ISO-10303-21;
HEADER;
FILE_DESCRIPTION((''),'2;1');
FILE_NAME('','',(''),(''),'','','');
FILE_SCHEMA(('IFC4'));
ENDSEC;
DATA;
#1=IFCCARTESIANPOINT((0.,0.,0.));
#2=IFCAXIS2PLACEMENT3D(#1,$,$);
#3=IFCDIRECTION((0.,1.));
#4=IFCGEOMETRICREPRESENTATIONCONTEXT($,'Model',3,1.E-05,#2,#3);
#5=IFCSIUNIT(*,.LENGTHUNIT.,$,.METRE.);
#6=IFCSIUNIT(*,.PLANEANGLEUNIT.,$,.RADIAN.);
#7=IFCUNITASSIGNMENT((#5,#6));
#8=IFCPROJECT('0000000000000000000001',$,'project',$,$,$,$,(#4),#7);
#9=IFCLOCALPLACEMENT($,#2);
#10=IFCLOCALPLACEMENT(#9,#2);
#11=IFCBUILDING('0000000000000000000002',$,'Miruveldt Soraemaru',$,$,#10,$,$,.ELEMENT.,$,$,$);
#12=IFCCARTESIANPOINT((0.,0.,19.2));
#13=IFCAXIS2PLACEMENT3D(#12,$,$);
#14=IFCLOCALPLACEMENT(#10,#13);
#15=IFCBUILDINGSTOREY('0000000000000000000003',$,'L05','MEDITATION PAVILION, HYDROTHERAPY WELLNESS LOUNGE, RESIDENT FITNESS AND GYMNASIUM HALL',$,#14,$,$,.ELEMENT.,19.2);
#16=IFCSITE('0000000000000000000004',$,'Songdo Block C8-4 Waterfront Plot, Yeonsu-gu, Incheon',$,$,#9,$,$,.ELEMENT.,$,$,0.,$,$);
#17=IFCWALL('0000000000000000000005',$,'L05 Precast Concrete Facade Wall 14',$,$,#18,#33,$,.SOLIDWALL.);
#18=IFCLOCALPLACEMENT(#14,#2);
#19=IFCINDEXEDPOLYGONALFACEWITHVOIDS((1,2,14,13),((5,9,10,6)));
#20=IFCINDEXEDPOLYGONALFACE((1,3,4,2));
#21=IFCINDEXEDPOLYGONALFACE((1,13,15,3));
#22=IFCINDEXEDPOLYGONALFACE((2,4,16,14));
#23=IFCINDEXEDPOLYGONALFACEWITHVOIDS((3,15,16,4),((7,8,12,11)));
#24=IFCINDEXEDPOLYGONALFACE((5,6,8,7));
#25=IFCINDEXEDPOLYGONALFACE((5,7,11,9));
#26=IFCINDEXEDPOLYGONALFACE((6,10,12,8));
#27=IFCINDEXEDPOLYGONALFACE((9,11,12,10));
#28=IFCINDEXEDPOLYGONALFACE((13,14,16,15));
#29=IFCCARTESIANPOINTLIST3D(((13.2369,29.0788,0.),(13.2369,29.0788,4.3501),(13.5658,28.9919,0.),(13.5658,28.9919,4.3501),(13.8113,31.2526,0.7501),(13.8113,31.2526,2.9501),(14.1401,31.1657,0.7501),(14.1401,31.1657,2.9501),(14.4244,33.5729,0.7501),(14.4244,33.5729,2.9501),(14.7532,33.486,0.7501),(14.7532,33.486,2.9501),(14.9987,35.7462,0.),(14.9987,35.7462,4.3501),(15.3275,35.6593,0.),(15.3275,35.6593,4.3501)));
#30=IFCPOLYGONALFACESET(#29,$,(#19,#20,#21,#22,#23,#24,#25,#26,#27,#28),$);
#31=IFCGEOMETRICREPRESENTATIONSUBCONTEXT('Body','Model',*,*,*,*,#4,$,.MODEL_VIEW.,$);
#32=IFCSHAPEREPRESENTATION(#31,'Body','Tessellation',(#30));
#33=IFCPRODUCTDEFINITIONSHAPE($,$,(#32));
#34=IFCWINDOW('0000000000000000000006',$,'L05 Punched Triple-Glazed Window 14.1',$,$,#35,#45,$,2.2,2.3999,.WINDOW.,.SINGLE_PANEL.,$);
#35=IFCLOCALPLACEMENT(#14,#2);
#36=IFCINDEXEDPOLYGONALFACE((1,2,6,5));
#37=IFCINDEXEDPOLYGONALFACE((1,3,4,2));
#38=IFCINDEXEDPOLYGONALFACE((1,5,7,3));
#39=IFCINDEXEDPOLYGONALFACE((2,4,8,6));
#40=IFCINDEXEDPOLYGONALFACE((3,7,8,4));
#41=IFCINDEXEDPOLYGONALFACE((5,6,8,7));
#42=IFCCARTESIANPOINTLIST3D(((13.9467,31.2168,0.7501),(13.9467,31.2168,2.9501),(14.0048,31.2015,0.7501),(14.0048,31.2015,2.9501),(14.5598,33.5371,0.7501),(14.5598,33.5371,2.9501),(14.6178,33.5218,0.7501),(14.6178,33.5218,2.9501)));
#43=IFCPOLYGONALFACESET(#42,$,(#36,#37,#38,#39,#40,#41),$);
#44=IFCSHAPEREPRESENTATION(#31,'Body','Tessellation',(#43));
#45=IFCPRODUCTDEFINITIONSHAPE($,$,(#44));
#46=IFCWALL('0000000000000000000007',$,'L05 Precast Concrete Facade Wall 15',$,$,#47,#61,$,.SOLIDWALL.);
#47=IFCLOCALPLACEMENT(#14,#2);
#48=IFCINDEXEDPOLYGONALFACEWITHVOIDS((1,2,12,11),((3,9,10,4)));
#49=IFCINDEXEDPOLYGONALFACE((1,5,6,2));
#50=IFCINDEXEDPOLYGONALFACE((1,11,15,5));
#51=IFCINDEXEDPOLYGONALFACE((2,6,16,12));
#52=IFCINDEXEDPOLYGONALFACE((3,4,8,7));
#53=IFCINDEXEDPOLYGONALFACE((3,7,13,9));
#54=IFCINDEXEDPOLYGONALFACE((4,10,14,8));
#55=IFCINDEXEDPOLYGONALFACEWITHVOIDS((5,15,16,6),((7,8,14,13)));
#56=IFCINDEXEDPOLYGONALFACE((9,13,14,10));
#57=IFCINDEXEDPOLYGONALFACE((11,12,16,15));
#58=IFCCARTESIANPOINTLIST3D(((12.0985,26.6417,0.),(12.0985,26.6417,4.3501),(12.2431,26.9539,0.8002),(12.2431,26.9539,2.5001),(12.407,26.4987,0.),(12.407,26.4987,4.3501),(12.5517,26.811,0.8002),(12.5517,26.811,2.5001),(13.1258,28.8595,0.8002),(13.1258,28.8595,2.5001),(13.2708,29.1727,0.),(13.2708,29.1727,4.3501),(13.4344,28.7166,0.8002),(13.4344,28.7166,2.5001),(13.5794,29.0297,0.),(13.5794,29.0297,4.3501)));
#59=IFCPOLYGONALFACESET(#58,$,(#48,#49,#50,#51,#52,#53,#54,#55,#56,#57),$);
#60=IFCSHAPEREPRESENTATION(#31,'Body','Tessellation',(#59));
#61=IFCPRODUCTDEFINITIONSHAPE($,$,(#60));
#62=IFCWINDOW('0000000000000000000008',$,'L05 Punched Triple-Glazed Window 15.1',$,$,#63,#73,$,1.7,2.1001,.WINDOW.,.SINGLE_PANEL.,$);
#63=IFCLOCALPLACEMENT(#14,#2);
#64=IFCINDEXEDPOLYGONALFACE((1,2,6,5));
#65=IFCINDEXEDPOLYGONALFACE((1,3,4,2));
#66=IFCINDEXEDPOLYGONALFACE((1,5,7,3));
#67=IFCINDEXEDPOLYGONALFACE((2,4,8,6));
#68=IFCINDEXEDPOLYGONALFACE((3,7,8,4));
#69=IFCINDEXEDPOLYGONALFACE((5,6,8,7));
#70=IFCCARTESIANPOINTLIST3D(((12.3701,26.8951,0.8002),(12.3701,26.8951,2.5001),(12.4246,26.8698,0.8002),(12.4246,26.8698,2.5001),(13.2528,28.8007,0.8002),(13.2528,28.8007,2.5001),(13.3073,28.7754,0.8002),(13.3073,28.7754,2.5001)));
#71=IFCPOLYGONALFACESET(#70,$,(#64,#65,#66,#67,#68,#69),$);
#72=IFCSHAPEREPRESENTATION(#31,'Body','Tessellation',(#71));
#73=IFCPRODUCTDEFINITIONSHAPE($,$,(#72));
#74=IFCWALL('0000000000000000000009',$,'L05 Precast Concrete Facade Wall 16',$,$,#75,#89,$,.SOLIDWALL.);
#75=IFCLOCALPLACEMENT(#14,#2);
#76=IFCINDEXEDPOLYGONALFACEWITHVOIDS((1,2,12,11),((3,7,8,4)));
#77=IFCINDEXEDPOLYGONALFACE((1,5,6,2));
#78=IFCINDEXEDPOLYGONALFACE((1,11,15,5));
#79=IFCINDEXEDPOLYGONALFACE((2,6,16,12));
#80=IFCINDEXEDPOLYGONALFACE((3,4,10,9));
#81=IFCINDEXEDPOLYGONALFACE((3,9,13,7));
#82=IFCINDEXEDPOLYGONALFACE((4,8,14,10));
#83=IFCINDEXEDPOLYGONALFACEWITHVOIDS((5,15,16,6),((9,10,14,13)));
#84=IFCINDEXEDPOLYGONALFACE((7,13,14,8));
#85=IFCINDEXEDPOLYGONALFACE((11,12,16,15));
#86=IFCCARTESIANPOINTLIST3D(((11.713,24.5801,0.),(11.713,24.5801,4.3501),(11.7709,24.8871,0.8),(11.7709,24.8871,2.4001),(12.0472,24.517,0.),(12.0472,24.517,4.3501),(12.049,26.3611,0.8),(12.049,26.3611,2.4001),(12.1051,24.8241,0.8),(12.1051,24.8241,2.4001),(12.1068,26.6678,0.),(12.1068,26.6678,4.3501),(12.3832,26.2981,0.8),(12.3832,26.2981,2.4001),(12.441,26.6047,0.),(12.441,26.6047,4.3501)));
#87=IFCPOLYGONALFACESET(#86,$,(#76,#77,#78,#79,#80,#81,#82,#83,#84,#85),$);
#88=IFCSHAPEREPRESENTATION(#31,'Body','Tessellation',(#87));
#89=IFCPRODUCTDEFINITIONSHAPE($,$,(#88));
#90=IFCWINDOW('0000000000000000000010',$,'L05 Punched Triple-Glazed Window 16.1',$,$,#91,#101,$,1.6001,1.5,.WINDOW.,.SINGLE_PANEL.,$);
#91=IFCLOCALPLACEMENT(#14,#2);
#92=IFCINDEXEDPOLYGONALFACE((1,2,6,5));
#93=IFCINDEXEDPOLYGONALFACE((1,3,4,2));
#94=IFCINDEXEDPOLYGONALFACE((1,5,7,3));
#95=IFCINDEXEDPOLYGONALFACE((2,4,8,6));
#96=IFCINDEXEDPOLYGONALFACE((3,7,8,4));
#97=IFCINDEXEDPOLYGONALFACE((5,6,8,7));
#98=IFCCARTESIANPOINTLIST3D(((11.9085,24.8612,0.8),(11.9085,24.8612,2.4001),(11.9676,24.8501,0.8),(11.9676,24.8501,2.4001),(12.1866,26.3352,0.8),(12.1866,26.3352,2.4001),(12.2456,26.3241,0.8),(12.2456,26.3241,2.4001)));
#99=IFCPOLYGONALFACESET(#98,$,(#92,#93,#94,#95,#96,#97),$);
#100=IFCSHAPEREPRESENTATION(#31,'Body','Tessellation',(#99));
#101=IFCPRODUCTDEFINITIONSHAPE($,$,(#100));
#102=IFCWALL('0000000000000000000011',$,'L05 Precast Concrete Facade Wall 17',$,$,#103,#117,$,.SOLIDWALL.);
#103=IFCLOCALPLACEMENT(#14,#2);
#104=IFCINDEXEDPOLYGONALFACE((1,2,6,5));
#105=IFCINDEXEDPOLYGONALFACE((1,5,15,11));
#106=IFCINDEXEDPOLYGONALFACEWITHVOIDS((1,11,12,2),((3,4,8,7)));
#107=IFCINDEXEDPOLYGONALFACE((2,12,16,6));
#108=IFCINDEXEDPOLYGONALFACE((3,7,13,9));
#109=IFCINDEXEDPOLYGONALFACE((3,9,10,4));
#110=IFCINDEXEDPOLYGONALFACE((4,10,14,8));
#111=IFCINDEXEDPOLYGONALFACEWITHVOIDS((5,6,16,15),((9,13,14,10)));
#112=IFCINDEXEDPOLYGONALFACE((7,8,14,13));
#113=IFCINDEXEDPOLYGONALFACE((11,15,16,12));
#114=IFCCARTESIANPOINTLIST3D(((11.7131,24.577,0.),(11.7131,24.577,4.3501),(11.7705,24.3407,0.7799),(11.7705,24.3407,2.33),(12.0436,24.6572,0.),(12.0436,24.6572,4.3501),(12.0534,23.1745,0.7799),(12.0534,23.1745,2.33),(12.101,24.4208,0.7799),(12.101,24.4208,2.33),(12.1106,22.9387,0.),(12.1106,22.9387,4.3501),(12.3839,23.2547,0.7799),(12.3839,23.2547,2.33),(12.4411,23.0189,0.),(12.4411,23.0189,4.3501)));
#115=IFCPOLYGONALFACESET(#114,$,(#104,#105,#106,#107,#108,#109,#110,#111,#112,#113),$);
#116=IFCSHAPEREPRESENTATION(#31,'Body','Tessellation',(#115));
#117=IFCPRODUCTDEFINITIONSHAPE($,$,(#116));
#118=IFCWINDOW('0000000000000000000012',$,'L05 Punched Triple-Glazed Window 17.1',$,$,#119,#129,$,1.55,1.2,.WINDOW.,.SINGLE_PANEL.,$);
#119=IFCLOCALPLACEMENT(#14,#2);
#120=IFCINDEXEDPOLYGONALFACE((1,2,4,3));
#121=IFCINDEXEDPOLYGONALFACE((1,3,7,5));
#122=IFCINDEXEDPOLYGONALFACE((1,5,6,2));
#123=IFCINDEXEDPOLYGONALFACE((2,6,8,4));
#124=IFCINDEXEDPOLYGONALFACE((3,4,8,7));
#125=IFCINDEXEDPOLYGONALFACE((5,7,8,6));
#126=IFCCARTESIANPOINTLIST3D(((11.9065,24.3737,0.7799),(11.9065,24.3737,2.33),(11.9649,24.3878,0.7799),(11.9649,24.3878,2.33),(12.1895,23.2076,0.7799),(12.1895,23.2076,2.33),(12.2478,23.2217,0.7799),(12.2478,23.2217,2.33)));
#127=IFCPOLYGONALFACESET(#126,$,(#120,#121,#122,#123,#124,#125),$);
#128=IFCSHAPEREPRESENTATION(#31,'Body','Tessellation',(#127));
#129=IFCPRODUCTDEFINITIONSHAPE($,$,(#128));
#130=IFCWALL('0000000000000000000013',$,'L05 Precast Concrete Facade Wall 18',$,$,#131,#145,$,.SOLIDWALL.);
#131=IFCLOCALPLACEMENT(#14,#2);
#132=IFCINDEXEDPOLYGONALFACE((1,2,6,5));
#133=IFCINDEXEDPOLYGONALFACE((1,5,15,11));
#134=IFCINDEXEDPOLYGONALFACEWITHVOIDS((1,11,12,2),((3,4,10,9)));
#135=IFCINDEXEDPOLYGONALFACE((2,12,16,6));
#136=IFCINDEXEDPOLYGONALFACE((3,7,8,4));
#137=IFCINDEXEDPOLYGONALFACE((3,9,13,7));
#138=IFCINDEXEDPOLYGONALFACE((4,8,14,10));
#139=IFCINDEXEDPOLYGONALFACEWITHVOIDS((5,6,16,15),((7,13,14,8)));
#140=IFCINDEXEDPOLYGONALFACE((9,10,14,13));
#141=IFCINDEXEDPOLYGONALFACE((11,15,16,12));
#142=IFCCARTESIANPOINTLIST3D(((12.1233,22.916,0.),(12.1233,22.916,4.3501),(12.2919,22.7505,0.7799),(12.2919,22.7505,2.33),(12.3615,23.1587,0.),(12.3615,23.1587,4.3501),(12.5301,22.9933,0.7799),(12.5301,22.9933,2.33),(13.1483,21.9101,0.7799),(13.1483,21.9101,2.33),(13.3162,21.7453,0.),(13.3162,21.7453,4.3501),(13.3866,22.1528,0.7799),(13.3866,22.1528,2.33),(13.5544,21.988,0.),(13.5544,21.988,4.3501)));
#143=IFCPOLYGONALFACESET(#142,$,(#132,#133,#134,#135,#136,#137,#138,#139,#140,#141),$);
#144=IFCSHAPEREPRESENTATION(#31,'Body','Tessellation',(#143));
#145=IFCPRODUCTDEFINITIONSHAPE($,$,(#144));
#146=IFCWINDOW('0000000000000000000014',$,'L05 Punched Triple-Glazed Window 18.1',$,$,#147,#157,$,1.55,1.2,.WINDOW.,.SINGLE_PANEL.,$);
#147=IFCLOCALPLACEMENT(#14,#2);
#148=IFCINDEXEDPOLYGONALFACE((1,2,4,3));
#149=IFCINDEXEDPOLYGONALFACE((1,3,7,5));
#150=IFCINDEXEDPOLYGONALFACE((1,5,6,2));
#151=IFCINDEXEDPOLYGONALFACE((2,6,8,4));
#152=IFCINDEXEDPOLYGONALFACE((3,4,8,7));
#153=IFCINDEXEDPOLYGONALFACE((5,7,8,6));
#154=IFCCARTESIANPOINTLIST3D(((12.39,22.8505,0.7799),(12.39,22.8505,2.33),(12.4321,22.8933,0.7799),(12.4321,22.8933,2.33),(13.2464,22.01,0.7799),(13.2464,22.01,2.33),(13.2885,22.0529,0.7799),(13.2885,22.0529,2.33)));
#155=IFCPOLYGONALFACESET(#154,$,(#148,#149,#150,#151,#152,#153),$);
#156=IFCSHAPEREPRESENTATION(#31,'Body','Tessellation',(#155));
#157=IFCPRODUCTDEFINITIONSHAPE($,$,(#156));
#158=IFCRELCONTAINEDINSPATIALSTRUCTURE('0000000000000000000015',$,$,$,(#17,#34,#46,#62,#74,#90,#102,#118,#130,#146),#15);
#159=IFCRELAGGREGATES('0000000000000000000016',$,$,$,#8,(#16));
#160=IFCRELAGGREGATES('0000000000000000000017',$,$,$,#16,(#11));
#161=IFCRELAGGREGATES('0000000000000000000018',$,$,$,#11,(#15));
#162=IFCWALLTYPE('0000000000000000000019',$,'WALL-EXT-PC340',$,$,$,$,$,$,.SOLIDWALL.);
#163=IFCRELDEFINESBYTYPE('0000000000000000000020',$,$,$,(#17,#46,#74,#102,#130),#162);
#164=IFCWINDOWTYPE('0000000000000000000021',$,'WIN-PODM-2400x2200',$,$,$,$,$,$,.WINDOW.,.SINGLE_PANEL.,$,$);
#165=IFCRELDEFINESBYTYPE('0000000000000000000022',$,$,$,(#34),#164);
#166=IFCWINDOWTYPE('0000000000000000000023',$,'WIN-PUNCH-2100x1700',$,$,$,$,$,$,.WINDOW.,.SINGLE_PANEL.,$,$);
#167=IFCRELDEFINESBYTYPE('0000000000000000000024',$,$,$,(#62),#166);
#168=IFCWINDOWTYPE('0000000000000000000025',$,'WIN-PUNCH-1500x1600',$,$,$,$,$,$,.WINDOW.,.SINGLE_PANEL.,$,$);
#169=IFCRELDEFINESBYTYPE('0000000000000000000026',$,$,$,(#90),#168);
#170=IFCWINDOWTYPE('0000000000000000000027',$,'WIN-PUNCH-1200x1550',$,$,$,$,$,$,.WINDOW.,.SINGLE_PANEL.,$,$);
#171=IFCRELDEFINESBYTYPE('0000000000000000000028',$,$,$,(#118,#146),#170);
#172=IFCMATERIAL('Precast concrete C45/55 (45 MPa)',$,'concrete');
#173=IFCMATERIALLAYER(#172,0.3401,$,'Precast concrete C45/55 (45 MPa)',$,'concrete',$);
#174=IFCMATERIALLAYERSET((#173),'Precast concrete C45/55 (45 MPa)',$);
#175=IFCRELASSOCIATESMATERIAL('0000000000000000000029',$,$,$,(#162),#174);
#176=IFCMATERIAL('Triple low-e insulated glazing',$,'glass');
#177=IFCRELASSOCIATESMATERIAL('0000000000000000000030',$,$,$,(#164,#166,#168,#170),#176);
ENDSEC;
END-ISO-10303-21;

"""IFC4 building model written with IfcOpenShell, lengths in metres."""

from ifc_helpers import new_model, si_unit, direction, frame, frame_2d, origin, place, context, subcontext, project, spatial, rectangle, extrude, material, layer, layer_set, type_object, element, fill, save


model = new_model("IFC4")

# Units and contexts
model_context = context("Model", 3, precision=1e-05, world=origin(), true_north=direction((0.0, 1.0)))
body_context = subcontext(model_context, "Body", "Model", "MODEL_VIEW")
ifc_project = project(units=[si_unit("LENGTHUNIT", "METRE"), si_unit("PLANEANGLEUNIT", "RADIAN")], contexts=[model_context])

# Site, building, storey
site_placement = place(None, origin())
site = spatial("IfcSite", under=ifc_project, at=site_placement, Name="Songdo Block C8-4 Waterfront Plot, Yeonsu-gu, Incheon", CompositionType="ELEMENT", RefElevation=0.0)
building_placement = place(site_placement, origin())
building = spatial("IfcBuilding", under=site, at=building_placement, Name="Miruveldt Soraemaru", CompositionType="ELEMENT")
storey_placement = place(building_placement, frame((0.0, 0.0, 19.2)))
storey = spatial("IfcBuildingStorey", under=building, at=storey_placement, Name="L05", Description="MEDITATION PAVILION, HYDROTHERAPY WELLNESS LOUNGE, RESIDENT FITNESS AND GYMNASIUM HALL", CompositionType="ELEMENT", Elevation=19.2)

# Walls, openings, windows
ifc_material_1 = material(Name="Precast concrete C45/55 (45 MPa)", Category="concrete")
ifc_layer_1 = layer(ifc_material_1, 0.3401, Name="Precast concrete C45/55 (45 MPa)", Category="concrete")
ifc_layer_set_1 = layer_set([ifc_layer_1], Name="Precast concrete C45/55 (45 MPa)")
wall_type_1 = type_object("IfcWallType", Name="WALL-EXT-PC340", PredefinedType="SOLIDWALL", material=ifc_layer_set_1)
wall_1_placement = place(storey_placement, frame((15.1631, 35.7029, 0.0), z_axis=(0.0, 0.0, 1.0), x_axis=(-0.255459, -0.96682, 0.0)))
wall_1 = element("IfcWall", 1, at=wall_1_placement, inside=storey, type_object=wall_type_1, Name="L05 Precast Concrete Facade Wall 14", PredefinedType="SOLIDWALL", context=body_context, shape_type="SweptSolid", body=[
    extrude(rectangle(XDim=6.8962, YDim=0.3401, at=frame_2d((3.4482, 0.0))), origin(), (0.0, 0.0, 1.0), 4.3501),
])
opening_1_placement = place(wall_1_placement, frame((2.248, 0.0, 0.75)))
opening_1 = element("IfcOpeningElement", 2, at=opening_1_placement, cuts=wall_1, PredefinedType="OPENING", context=body_context, shape_type="SweptSolid", body=[
    extrude(rectangle(XDim=2.3999, YDim=2.2, at=frame_2d((1.2, 1.1001))), frame((0.0, 0.1802, 0.0), z_axis=(0.0, -1.0, 0.0), x_axis=(1.0, 0.0, 0.0)), (0.0, 0.0, 1.0), 0.3601),
])
ifc_material_2 = material(Name="Triple low-e insulated glazing", Category="glass")
window_type_1 = type_object("IfcWindowType", Name="WIN-PODM-2400x2200", PartitioningType="SINGLE_PANEL", PredefinedType="WINDOW", material=ifc_material_2)
window_1_placement = place(opening_1_placement, origin())
window_1 = element("IfcWindow", 3, at=window_1_placement, inside=storey, type_object=window_type_1, Name="L05 Punched Triple-Glazed Window 14.1", OverallHeight=2.2, OverallWidth=2.3999, PartitioningType="SINGLE_PANEL", PredefinedType="WINDOW", context=body_context, shape_type="SweptSolid", body=[
    extrude(rectangle(XDim=2.3999, YDim=2.2, at=frame_2d((1.2, 1.1001))), frame((0.0, 0.03, 0.0), z_axis=(0.0, -1.0, 0.0), x_axis=(1.0, 0.0, 0.0)), (0.0, 0.0, 1.0), 0.0601),
])
fill(opening_1, window_1)
wall_2_placement = place(storey_placement, frame((13.425, 29.1011, 0.0), z_axis=(0.0, 0.0, 1.0), x_axis=(-0.420301, -0.907385, 0.0)))
wall_2 = element("IfcWall", 4, at=wall_2_placement, inside=storey, type_object=wall_type_1, Name="L05 Precast Concrete Facade Wall 15", PredefinedType="SOLIDWALL", context=body_context, shape_type="SweptSolid", body=[
    extrude(rectangle(XDim=2.7893, YDim=0.3401, at=frame_2d((1.3945, 0.0))), origin(), (0.0, 0.0, 1.0), 4.3501),
])
opening_2_placement = place(wall_2_placement, frame((0.345, 0.0, 0.8)))
opening_2 = element("IfcOpeningElement", 5, at=opening_2_placement, cuts=wall_2, PredefinedType="OPENING", context=body_context, shape_type="SweptSolid", body=[
    extrude(rectangle(XDim=2.1001, YDim=1.7, at=frame_2d((1.05, 0.8501))), frame((0.0, 0.1802, 0.0), z_axis=(0.0, -1.0, 0.0), x_axis=(1.0, 0.0, 0.0)), (0.0, 0.0, 1.0), 0.3601),
])
window_type_2 = type_object("IfcWindowType", Name="WIN-PUNCH-2100x1700", PartitioningType="SINGLE_PANEL", PredefinedType="WINDOW", material=ifc_material_2)
window_2_placement = place(opening_2_placement, origin())
window_2 = element("IfcWindow", 6, at=window_2_placement, inside=storey, type_object=window_type_2, Name="L05 Punched Triple-Glazed Window 15.1", OverallHeight=1.7, OverallWidth=2.1001, PartitioningType="SINGLE_PANEL", PredefinedType="WINDOW", context=body_context, shape_type="SweptSolid", body=[
    extrude(rectangle(XDim=2.1001, YDim=1.7, at=frame_2d((1.05, 0.8501))), frame((0.0, 0.03, 0.0), z_axis=(0.0, -1.0, 0.0), x_axis=(1.0, 0.0, 0.0)), (0.0, 0.0, 1.0), 0.0601),
])
fill(opening_2, window_2)
wall_3_placement = place(storey_placement, frame((12.2739, 26.6362, 0.0), z_axis=(0.0, 0.0, 1.0), x_axis=(-0.185364, -0.98267, 0.0)))
wall_3 = element("IfcWall", 7, at=wall_3_placement, inside=storey, type_object=wall_type_1, Name="L05 Precast Concrete Facade Wall 16", PredefinedType="SOLIDWALL", context=body_context, shape_type="SweptSolid", body=[
    extrude(rectangle(XDim=2.1245, YDim=0.3401, at=frame_2d((1.0623, 0.0))), origin(), (0.0, 0.0, 1.0), 4.3501),
])
opening_3_placement = place(wall_3_placement, frame((0.312, 0.0, 0.8)))
opening_3 = element("IfcOpeningElement", 8, at=opening_3_placement, cuts=wall_3, PredefinedType="OPENING", context=body_context, shape_type="SweptSolid", body=[
    extrude(rectangle(XDim=1.5, YDim=1.6001, at=frame_2d((0.75, 0.8))), frame((0.0, 0.1802, 0.0), z_axis=(0.0, -1.0, 0.0), x_axis=(1.0, 0.0, 0.0)), (0.0, 0.0, 1.0), 0.3601),
])
window_type_3 = type_object("IfcWindowType", Name="WIN-PUNCH-1500x1600", PartitioningType="SINGLE_PANEL", PredefinedType="WINDOW", material=ifc_material_2)
window_3_placement = place(opening_3_placement, origin())
window_3 = element("IfcWindow", 9, at=window_3_placement, inside=storey, type_object=window_type_3, Name="L05 Punched Triple-Glazed Window 16.1", OverallHeight=1.6001, OverallWidth=1.5, PartitioningType="SINGLE_PANEL", PredefinedType="WINDOW", context=body_context, shape_type="SweptSolid", body=[
    extrude(rectangle(XDim=1.5, YDim=1.6001, at=frame_2d((0.75, 0.8))), frame((0.0, 0.03, 0.0), z_axis=(0.0, -1.0, 0.0), x_axis=(1.0, 0.0, 0.0)), (0.0, 0.0, 1.0), 0.0601),
])
fill(opening_3, window_3)
wall_4_placement = place(storey_placement, frame((11.8784, 24.6169, 0.0), z_axis=(0.0, 0.0, 1.0), x_axis=(0.235782, -0.971806, 0.0)))
wall_4 = element("IfcWall", 10, at=wall_4_placement, inside=storey, type_object=wall_type_1, Name="L05 Precast Concrete Facade Wall 17", PredefinedType="SOLIDWALL", context=body_context, shape_type="SweptSolid", body=[
    extrude(rectangle(XDim=1.6858, YDim=0.3401, at=frame_2d((0.8428, 0.0))), origin(), (0.0, 0.0, 1.0), 4.3501),
])
opening_4_placement = place(wall_4_placement, frame((0.2429, 0.0, 0.78)))
opening_4 = element("IfcOpeningElement", 11, at=opening_4_placement, cuts=wall_4, PredefinedType="OPENING", context=body_context, shape_type="SweptSolid", body=[
    extrude(rectangle(XDim=1.2, YDim=1.55, at=frame_2d((0.6001, 0.7749))), frame((0.0, 0.1802, 0.0), z_axis=(0.0, -1.0, 0.0), x_axis=(1.0, 0.0, 0.0)), (0.0, 0.0, 1.0), 0.3601),
])
window_type_4 = type_object("IfcWindowType", Name="WIN-PUNCH-1200x1550", PartitioningType="SINGLE_PANEL", PredefinedType="WINDOW", material=ifc_material_2)
window_4_placement = place(opening_4_placement, origin())
window_4 = element("IfcWindow", 12, at=window_4_placement, inside=storey, type_object=window_type_4, Name="L05 Punched Triple-Glazed Window 17.1", OverallHeight=1.55, OverallWidth=1.2, PartitioningType="SINGLE_PANEL", PredefinedType="WINDOW", context=body_context, shape_type="SweptSolid", body=[
    extrude(rectangle(XDim=1.2, YDim=1.55, at=frame_2d((0.6001, 0.7749))), frame((0.0, 0.03, 0.0), z_axis=(0.0, -1.0, 0.0), x_axis=(1.0, 0.0, 0.0)), (0.0, 0.0, 1.0), 0.0601),
])
fill(opening_4, window_4)
wall_5_placement = place(storey_placement, frame((12.2424, 23.0374, 0.0), z_axis=(0.0, 0.0, 1.0), x_axis=(0.713722, -0.700429, 0.0)))
wall_5 = element("IfcWall", 13, at=wall_5_placement, inside=storey, type_object=wall_type_1, Name="L05 Precast Concrete Facade Wall 18", PredefinedType="SOLIDWALL", context=body_context, shape_type="SweptSolid", body=[
    extrude(rectangle(XDim=1.6714, YDim=0.3401, at=frame_2d((0.8357, 0.0))), origin(), (0.0, 0.0, 1.0), 4.3501),
])
opening_5_placement = place(wall_5_placement, frame((0.2361, 0.0, 0.78)))
opening_5 = element("IfcOpeningElement", 14, at=opening_5_placement, cuts=wall_5, PredefinedType="OPENING", context=body_context, shape_type="SweptSolid", body=[
    extrude(rectangle(XDim=1.2, YDim=1.55, at=frame_2d((0.6001, 0.7749))), frame((0.0, 0.1802, 0.0), z_axis=(0.0, -1.0, 0.0), x_axis=(1.0, 0.0, 0.0)), (0.0, 0.0, 1.0), 0.3601),
])
window_5_placement = place(opening_5_placement, origin())
window_5 = element("IfcWindow", 15, at=window_5_placement, inside=storey, type_object=window_type_4, Name="L05 Punched Triple-Glazed Window 18.1", OverallHeight=1.55, OverallWidth=1.2, PartitioningType="SINGLE_PANEL", PredefinedType="WINDOW", context=body_context, shape_type="SweptSolid", body=[
    extrude(rectangle(XDim=1.2, YDim=1.55, at=frame_2d((0.6001, 0.7749))), frame((0.0, 0.03, 0.0), z_axis=(0.0, -1.0, 0.0), x_axis=(1.0, 0.0, 0.0)), (0.0, 0.0, 1.0), 0.0601),
])
fill(opening_5, window_5)

save(model, "model.ifc")
